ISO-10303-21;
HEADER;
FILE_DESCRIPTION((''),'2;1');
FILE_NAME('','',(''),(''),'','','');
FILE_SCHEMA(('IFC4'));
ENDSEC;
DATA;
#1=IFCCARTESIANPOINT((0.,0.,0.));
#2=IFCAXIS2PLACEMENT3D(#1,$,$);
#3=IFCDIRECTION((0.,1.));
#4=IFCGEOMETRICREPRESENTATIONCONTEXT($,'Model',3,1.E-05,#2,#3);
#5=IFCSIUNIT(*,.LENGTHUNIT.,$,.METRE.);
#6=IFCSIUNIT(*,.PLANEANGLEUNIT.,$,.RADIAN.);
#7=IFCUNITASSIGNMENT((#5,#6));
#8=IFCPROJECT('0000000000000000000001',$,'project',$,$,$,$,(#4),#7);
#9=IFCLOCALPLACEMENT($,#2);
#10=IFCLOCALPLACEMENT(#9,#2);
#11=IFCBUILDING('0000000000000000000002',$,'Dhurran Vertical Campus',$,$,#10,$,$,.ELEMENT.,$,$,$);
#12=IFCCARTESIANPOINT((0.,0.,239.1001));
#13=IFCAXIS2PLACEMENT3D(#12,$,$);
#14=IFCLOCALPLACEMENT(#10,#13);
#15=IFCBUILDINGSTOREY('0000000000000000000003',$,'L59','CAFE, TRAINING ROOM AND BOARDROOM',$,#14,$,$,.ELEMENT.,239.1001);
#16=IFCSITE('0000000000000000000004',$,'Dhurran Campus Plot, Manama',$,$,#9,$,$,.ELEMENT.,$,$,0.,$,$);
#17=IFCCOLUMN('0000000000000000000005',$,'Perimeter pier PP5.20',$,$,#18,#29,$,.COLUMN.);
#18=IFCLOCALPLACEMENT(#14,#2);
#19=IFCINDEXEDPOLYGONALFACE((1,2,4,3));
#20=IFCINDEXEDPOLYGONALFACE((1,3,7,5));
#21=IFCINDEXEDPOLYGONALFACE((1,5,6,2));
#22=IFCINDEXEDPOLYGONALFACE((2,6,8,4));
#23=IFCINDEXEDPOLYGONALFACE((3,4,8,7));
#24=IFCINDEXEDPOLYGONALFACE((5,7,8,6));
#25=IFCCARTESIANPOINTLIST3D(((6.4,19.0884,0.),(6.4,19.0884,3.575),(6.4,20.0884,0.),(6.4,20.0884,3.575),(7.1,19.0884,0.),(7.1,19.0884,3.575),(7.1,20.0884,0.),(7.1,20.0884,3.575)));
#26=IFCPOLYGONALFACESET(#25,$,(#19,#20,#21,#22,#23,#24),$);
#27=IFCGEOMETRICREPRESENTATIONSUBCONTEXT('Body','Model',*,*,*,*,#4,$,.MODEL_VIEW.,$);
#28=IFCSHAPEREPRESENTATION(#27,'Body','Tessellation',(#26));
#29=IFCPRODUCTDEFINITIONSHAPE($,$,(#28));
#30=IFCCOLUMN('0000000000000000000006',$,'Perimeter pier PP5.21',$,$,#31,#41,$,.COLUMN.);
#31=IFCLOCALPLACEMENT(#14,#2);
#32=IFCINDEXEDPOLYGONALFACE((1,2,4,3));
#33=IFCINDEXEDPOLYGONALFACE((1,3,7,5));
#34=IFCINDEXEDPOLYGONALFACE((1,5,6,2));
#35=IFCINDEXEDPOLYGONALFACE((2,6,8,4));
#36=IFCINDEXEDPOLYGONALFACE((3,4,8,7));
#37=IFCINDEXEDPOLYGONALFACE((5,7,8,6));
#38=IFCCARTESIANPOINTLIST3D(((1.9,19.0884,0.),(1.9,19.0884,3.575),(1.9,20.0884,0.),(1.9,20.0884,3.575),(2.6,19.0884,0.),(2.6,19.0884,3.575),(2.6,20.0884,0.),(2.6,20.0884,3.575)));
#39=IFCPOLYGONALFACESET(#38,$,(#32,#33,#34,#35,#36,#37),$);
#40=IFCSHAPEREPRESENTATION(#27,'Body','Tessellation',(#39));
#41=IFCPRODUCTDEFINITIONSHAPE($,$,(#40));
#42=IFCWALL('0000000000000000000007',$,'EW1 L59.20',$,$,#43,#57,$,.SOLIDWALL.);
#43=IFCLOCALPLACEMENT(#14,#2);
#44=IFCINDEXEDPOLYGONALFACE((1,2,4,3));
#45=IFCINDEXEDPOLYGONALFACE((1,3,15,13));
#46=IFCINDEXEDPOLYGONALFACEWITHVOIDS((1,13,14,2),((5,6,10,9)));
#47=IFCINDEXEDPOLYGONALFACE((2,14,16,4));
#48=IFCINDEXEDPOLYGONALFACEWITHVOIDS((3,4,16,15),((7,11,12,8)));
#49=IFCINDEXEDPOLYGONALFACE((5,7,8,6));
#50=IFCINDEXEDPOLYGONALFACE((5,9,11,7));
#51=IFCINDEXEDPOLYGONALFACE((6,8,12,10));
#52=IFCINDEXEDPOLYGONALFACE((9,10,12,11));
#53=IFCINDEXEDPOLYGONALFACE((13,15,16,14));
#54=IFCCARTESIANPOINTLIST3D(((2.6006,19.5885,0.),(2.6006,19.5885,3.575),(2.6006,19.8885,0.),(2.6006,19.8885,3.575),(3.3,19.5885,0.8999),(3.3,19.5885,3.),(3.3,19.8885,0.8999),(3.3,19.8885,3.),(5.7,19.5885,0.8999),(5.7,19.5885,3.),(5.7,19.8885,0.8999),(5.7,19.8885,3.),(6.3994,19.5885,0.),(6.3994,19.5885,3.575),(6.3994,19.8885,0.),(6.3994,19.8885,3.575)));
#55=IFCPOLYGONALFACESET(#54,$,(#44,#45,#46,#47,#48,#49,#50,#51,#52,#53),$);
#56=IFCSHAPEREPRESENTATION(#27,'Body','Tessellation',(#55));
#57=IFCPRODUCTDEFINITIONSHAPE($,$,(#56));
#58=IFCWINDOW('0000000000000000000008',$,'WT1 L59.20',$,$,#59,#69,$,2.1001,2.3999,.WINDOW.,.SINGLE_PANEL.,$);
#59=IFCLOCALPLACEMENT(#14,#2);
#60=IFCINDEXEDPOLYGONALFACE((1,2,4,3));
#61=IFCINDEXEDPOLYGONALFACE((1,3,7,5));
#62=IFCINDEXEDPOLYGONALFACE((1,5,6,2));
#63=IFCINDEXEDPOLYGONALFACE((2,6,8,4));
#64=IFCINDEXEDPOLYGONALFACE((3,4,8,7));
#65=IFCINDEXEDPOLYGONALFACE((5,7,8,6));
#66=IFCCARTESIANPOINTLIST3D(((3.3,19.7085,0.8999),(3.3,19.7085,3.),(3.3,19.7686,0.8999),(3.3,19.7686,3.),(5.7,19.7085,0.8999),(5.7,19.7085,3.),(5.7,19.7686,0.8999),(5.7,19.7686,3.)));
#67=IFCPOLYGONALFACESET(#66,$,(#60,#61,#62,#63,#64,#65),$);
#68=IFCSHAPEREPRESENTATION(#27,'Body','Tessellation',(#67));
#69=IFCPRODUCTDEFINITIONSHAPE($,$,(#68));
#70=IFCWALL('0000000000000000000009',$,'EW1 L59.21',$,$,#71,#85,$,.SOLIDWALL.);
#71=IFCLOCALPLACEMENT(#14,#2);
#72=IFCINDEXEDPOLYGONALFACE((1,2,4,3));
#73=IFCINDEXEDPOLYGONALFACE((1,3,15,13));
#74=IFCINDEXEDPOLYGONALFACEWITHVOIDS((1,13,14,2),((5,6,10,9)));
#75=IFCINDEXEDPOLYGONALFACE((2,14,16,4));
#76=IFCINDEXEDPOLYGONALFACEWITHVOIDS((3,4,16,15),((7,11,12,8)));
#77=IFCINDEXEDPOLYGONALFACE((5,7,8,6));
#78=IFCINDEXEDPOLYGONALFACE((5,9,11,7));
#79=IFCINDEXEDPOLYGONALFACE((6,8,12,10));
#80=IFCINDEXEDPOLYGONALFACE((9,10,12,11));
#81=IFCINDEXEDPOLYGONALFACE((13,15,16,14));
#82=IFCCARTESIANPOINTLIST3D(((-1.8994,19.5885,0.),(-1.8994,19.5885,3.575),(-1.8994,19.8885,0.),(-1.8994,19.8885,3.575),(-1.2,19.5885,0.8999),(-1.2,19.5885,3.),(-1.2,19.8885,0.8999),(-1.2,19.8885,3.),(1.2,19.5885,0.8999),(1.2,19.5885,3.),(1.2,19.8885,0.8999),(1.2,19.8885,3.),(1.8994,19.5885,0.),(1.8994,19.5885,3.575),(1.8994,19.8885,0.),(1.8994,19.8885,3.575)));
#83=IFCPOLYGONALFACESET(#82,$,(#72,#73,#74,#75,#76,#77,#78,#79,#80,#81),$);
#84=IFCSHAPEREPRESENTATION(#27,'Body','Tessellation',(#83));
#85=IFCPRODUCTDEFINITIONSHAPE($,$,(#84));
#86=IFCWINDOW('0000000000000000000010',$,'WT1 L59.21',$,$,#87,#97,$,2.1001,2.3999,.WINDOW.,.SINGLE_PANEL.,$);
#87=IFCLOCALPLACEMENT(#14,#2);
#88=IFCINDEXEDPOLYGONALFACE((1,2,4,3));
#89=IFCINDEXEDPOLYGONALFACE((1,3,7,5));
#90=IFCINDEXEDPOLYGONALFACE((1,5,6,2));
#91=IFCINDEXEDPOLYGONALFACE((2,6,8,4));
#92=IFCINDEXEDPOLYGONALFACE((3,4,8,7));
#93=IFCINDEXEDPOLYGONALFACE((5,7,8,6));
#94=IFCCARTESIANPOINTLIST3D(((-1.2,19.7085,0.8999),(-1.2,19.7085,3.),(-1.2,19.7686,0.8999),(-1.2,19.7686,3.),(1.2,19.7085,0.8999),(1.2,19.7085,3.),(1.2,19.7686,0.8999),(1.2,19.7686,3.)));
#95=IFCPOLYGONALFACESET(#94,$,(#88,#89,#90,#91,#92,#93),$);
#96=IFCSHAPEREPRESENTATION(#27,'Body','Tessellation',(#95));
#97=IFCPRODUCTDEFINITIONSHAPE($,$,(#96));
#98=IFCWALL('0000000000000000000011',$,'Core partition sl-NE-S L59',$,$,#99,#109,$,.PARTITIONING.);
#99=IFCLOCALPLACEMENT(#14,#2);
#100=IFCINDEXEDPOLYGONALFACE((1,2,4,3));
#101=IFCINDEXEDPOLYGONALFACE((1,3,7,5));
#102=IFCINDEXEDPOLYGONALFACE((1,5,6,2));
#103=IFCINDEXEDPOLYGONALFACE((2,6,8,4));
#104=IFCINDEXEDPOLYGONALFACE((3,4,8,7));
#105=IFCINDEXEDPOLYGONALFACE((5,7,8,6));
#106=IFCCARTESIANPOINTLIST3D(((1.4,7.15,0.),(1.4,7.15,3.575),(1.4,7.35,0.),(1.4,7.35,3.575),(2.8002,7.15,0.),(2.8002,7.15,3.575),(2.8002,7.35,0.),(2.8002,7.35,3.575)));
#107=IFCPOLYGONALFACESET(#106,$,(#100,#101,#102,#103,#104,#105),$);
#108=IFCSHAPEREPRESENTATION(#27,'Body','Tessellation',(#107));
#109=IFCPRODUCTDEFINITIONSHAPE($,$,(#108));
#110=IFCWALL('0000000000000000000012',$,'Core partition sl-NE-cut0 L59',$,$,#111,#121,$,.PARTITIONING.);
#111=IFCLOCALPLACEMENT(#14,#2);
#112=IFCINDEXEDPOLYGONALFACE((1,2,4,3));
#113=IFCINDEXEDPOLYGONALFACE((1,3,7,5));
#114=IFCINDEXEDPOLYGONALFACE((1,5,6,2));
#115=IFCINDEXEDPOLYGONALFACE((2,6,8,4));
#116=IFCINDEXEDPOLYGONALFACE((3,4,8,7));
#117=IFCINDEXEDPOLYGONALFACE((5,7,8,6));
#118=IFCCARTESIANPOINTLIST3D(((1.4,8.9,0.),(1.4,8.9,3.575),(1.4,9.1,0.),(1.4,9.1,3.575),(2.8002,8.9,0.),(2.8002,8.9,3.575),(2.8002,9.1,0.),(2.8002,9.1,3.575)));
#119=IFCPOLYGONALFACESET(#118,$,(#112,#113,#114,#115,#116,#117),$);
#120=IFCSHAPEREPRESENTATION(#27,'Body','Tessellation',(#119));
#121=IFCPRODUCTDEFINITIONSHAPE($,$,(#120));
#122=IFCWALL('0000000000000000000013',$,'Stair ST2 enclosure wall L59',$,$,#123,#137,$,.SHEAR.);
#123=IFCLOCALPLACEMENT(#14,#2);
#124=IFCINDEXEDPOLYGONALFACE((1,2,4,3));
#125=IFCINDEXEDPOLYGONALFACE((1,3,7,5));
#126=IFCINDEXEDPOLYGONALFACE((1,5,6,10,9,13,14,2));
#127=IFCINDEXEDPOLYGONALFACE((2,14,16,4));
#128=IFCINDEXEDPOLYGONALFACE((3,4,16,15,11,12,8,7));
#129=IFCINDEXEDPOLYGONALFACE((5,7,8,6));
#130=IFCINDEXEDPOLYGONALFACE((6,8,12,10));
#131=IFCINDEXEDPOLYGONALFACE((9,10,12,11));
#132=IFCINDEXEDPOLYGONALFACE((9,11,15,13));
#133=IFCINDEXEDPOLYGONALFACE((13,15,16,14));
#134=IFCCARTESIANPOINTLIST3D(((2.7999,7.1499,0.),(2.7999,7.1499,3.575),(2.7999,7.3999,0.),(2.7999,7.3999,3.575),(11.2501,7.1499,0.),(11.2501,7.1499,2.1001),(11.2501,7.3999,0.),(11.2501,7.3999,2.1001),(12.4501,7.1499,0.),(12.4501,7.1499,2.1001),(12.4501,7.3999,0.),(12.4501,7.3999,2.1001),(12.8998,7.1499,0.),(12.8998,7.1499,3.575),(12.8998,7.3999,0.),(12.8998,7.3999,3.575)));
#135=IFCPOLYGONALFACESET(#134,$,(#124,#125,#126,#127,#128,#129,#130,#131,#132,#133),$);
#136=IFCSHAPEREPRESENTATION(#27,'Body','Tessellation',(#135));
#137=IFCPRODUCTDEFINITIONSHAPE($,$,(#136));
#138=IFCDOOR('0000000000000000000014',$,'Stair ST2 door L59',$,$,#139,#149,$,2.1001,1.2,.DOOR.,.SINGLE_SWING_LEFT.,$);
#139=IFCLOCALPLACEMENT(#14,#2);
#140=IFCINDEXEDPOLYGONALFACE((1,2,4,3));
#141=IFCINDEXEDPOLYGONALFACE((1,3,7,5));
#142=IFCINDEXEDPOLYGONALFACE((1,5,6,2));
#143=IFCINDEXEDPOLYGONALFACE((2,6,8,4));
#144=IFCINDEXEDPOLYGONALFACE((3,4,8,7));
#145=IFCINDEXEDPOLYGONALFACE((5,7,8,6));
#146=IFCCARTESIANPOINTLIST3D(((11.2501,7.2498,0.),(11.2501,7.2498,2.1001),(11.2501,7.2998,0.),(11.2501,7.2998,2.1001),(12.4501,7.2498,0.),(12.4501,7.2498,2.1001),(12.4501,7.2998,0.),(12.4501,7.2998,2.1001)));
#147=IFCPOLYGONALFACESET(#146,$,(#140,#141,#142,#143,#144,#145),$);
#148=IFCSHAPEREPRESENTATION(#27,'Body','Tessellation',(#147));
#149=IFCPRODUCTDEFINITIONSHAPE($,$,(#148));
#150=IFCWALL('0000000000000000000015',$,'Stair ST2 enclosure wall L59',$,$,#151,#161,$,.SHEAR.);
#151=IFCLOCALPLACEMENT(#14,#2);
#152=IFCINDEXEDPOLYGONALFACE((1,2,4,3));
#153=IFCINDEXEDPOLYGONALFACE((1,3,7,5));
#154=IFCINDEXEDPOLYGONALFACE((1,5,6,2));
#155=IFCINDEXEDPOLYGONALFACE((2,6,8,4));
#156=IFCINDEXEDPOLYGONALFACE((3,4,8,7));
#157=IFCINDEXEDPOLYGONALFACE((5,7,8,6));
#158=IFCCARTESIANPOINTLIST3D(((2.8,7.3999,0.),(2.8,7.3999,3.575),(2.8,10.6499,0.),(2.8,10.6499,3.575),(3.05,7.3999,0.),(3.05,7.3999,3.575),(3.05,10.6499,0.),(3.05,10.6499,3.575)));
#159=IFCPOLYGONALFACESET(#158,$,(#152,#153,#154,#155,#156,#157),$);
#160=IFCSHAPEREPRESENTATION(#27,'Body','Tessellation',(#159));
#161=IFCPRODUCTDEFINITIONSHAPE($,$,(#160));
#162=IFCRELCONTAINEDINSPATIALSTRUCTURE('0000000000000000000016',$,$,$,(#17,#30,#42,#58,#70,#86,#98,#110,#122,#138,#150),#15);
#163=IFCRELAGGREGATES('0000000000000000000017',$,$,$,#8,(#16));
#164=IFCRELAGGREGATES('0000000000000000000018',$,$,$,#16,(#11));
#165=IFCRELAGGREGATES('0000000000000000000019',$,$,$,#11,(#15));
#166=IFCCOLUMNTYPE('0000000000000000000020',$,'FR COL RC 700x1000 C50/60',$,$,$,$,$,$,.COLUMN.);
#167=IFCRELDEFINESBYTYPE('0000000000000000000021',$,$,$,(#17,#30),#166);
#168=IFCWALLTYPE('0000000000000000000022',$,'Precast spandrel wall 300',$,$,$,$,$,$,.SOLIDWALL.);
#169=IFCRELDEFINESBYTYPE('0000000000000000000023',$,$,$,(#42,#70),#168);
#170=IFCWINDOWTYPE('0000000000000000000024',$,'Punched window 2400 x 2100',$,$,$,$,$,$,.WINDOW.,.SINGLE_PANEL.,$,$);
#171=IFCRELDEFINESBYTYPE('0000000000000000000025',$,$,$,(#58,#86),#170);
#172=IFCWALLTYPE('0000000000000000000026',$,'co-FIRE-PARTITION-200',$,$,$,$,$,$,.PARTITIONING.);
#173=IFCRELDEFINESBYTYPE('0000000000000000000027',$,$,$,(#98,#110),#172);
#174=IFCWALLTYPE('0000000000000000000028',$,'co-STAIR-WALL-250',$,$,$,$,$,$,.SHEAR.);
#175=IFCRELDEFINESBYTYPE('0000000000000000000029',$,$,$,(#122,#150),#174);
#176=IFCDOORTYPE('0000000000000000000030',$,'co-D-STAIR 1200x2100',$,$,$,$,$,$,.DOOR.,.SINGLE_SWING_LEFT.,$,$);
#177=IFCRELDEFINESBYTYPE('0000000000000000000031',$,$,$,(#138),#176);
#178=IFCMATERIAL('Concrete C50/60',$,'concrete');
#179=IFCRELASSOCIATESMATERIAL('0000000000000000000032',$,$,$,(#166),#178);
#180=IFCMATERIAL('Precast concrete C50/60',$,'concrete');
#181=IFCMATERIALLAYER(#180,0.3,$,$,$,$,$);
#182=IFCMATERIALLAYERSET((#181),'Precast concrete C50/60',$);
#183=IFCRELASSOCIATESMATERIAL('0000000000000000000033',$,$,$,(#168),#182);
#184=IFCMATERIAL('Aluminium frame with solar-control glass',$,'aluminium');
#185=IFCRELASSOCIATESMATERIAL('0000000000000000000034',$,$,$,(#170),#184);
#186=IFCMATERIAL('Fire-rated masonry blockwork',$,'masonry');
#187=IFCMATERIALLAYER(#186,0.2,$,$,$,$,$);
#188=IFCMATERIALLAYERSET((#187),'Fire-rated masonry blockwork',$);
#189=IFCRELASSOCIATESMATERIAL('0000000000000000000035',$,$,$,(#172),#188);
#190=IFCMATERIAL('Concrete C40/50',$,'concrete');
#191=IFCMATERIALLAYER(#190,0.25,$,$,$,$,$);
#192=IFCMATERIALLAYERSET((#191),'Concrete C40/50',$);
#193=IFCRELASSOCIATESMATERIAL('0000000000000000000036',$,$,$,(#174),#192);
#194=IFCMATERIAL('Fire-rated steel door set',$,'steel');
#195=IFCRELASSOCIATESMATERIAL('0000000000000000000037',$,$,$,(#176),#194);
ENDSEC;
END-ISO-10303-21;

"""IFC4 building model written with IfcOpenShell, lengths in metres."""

from ifc_helpers import new_model, si_unit, direction, frame, frame_2d, origin, origin_2d, place, context, subcontext, project, spatial, rectangle, extrude, material, layer, layer_set, material_profile, profile_set, type_object, element, fill, save


model = new_model("IFC4")

# Units and contexts
model_context = context("Model", 3, precision=1e-05, world=origin(), true_north=direction((0.0, 1.0)))
body_context = subcontext(model_context, "Body", "Model", "MODEL_VIEW")
ifc_project = project(units=[si_unit("LENGTHUNIT", "METRE"), si_unit("PLANEANGLEUNIT", "RADIAN")], contexts=[model_context])

# Site, building, storey
site_placement = place(None, origin())
site = spatial("IfcSite", under=ifc_project, at=site_placement, Name="Dhurran Campus Plot, Manama", CompositionType="ELEMENT", RefElevation=0.0)
building_placement = place(site_placement, origin())
building = spatial("IfcBuilding", under=site, at=building_placement, Name="Dhurran Vertical Campus", CompositionType="ELEMENT")
storey_placement = place(building_placement, frame((0.0, 0.0, 239.1001)))
storey = spatial("IfcBuildingStorey", under=building, at=storey_placement, Name="L59", Description="CAFE, TRAINING ROOM AND BOARDROOM", CompositionType="ELEMENT", Elevation=239.1001)

# Columns
ifc_material_1 = material(Name="Concrete C50/60", Category="concrete")
ifc_material_profile = material_profile(ifc_material_1, rectangle(XDim=0.7, YDim=1.0, at=origin_2d()), Name="RC 700x1000")
ifc_profile_set = profile_set([ifc_material_profile], Name="Concrete C50/60")
column_type = type_object("IfcColumnType", Name="FR COL RC 700x1000 C50/60", PredefinedType="COLUMN", material=ifc_profile_set)
for number, where, z_axis, x_axis, name in (
    (1, (6.75, 19.5884, 0.0), (0.0, 0.0, 1.0), (-1.0, 0.0, 0.0), "Perimeter pier PP5.20"),
    (2, (2.25, 19.5884, 0.0), (0.0, 0.0, 1.0), (-1.0, 0.0, 0.0), "Perimeter pier PP5.21"),
):
    element("IfcColumn", number, at=place(storey_placement, frame(where, z_axis=z_axis, x_axis=x_axis)), inside=storey, type_object=column_type, Name=name, PredefinedType="COLUMN", context=body_context, shape_type="SweptSolid", body=[
        extrude(rectangle(XDim=0.7, YDim=1.0, at=origin_2d()), origin(), (0.0, 0.0, 1.0), 3.575),
    ])

# Walls, openings, windows
ifc_material_2 = material(Name="Precast concrete C50/60", Category="concrete")
ifc_layer_1 = layer(ifc_material_2, 0.3)
ifc_layer_set_1 = layer_set([ifc_layer_1], Name="Precast concrete C50/60")
wall_type_1 = type_object("IfcWallType", Name="Precast spandrel wall 300", PredefinedType="SOLIDWALL", material=ifc_layer_set_1)
wall_1_placement = place(storey_placement, frame((6.3994, 19.7385, 0.0), z_axis=(0.0, 0.0, 1.0), x_axis=(-1.0, 0.0, 0.0)))
wall_1 = element("IfcWall", 3, at=wall_1_placement, inside=storey, type_object=wall_type_1, Name="EW1 L59.20", PredefinedType="SOLIDWALL", context=body_context, shape_type="SweptSolid", body=[
    extrude(rectangle(XDim=3.7988, YDim=0.3, at=frame_2d((1.8994, 0.0))), origin(), (0.0, 0.0, 1.0), 3.575),
])
opening_1_placement = place(wall_1_placement, frame((0.6995, 0.0, 0.8999)))
opening_1 = element("IfcOpeningElement", 4, at=opening_1_placement, cuts=wall_1, PredefinedType="OPENING", context=body_context, shape_type="SweptSolid", body=[
    extrude(rectangle(XDim=2.3999, YDim=2.1001, at=frame_2d((1.2, 1.05))), frame((0.0, 0.1599, 0.0), z_axis=(0.0, -1.0, 0.0), x_axis=(1.0, 0.0, 0.0)), (0.0, 0.0, 1.0), 0.3201),
])
ifc_material_3 = material(Name="Aluminium frame with solar-control glass", Category="aluminium")
window_type = type_object("IfcWindowType", Name="Punched window 2400 x 2100", PartitioningType="SINGLE_PANEL", PredefinedType="WINDOW", material=ifc_material_3)
window_1_placement = place(opening_1_placement, origin())
window_1 = element("IfcWindow", 5, at=window_1_placement, inside=storey, type_object=window_type, Name="WT1 L59.20", OverallHeight=2.1001, OverallWidth=2.3999, PartitioningType="SINGLE_PANEL", PredefinedType="WINDOW", context=body_context, shape_type="SweptSolid", body=[
    extrude(rectangle(XDim=2.3999, YDim=2.1001, at=frame_2d((1.2, 1.05))), frame((0.0, 0.03, 0.0), z_axis=(0.0, -1.0, 0.0), x_axis=(1.0, 0.0, 0.0)), (0.0, 0.0, 1.0), 0.0601),
])
fill(opening_1, window_1)
wall_2_placement = place(storey_placement, frame((1.8994, 19.7385, 0.0), z_axis=(0.0, 0.0, 1.0), x_axis=(-1.0, 0.0, 0.0)))
wall_2 = element("IfcWall", 6, at=wall_2_placement, inside=storey, type_object=wall_type_1, Name="EW1 L59.21", PredefinedType="SOLIDWALL", context=body_context, shape_type="SweptSolid", body=[
    extrude(rectangle(XDim=3.7988, YDim=0.3, at=frame_2d((1.8994, 0.0))), origin(), (0.0, 0.0, 1.0), 3.575),
])
opening_2_placement = place(wall_2_placement, frame((0.6995, 0.0, 0.8999)))
opening_2 = element("IfcOpeningElement", 7, at=opening_2_placement, cuts=wall_2, PredefinedType="OPENING", context=body_context, shape_type="SweptSolid", body=[
    extrude(rectangle(XDim=2.3999, YDim=2.1001, at=frame_2d((1.2, 1.05))), frame((0.0, 0.1599, 0.0), z_axis=(0.0, -1.0, 0.0), x_axis=(1.0, 0.0, 0.0)), (0.0, 0.0, 1.0), 0.3201),
])
window_2_placement = place(opening_2_placement, origin())
window_2 = element("IfcWindow", 8, at=window_2_placement, inside=storey, type_object=window_type, Name="WT1 L59.21", OverallHeight=2.1001, OverallWidth=2.3999, PartitioningType="SINGLE_PANEL", PredefinedType="WINDOW", context=body_context, shape_type="SweptSolid", body=[
    extrude(rectangle(XDim=2.3999, YDim=2.1001, at=frame_2d((1.2, 1.05))), frame((0.0, 0.03, 0.0), z_axis=(0.0, -1.0, 0.0), x_axis=(1.0, 0.0, 0.0)), (0.0, 0.0, 1.0), 0.0601),
])
fill(opening_2, window_2)

# Walls
ifc_material_4 = material(Name="Fire-rated masonry blockwork", Category="masonry")
ifc_layer_2 = layer(ifc_material_4, 0.2)
ifc_layer_set_2 = layer_set([ifc_layer_2], Name="Fire-rated masonry blockwork")
wall_type_2 = type_object("IfcWallType", Name="co-FIRE-PARTITION-200", PredefinedType="PARTITIONING", material=ifc_layer_set_2)
for number, where, z_axis, x_axis, name in (
    (9, (1.3999, 7.25, 0.0), (0.0, 0.0, 1.0), (1.0, 0.0, 0.0), "Core partition sl-NE-S L59"),
    (10, (1.3999, 9.0, 0.0), (0.0, 0.0, 1.0), (1.0, 0.0, 0.0), "Core partition sl-NE-cut0 L59"),
):
    element("IfcWall", number, at=place(storey_placement, frame(where, z_axis=z_axis, x_axis=x_axis)), inside=storey, type_object=wall_type_2, Name=name, PredefinedType="PARTITIONING", context=body_context, shape_type="SweptSolid", body=[
        extrude(rectangle(XDim=1.4001, YDim=0.2, at=frame_2d((0.7002, 0.0))), origin(), (0.0, 0.0, 1.0), 3.575),
    ])

# Wall, opening, door
ifc_material_5 = material(Name="Concrete C40/50", Category="concrete")
ifc_layer_3 = layer(ifc_material_5, 0.25)
ifc_layer_set_3 = layer_set([ifc_layer_3], Name="Concrete C40/50")
wall_type_3 = type_object("IfcWallType", Name="co-STAIR-WALL-250", PredefinedType="SHEAR", material=ifc_layer_set_3)
wall_3_placement = place(storey_placement, frame((2.8, 7.2749, 0.0), z_axis=(0.0, 0.0, 1.0), x_axis=(1.0, 0.0, 0.0)))
wall_3 = element("IfcWall", 11, at=wall_3_placement, inside=storey, type_object=wall_type_3, Name="Stair ST2 enclosure wall L59", PredefinedType="SHEAR", context=body_context, shape_type="SweptSolid", body=[
    extrude(rectangle(XDim=10.0999, YDim=0.25, at=frame_2d((5.0498, 0.0))), origin(), (0.0, 0.0, 1.0), 3.575),
])
opening_3_placement = place(wall_3_placement, frame((8.45, 0.0, 0.0)))
opening_3 = element("IfcOpeningElement", 12, at=opening_3_placement, cuts=wall_3, PredefinedType="OPENING", context=body_context, shape_type="SweptSolid", body=[
    extrude(rectangle(XDim=1.2, YDim=2.1001, at=frame_2d((0.6001, 1.05))), frame((0.0, 0.135, 0.0), z_axis=(0.0, -1.0, 0.0), x_axis=(1.0, 0.0, 0.0)), (0.0, 0.0, 1.0), 0.27),
])
ifc_material_6 = material(Name="Fire-rated steel door set", Category="steel")
door_type_1 = type_object("IfcDoorType", Name="co-D-STAIR 1200x2100", OperationType="SINGLE_SWING_LEFT", PredefinedType="DOOR", material=ifc_material_6)
door_1_placement = place(opening_3_placement, origin())
door_1 = element("IfcDoor", 13, at=door_1_placement, inside=storey, type_object=door_type_1, Name="Stair ST2 door L59", OperationType="SINGLE_SWING_LEFT", OverallHeight=2.1001, OverallWidth=1.2, PredefinedType="DOOR", context=body_context, shape_type="SweptSolid", body=[
    extrude(rectangle(XDim=1.2, YDim=2.1001, at=frame_2d((0.6001, 1.05))), frame((0.0, 0.0249, 0.0), z_axis=(0.0, -1.0, 0.0), x_axis=(1.0, 0.0, 0.0)), (0.0, 0.0, 1.0), 0.05),
])
fill(opening_3, door_1)

# Wall
wall_4_placement = place(storey_placement, frame((2.925, 7.3999, 0.0), z_axis=(0.0, 0.0, 1.0), x_axis=(0.0, 1.0, 0.0)))
element("IfcWall", 14, at=wall_4_placement, inside=storey, type_object=wall_type_3, Name="Stair ST2 enclosure wall L59", PredefinedType="SHEAR", context=body_context, shape_type="SweptSolid", body=[
    extrude(rectangle(XDim=3.25, YDim=0.25, at=frame_2d((1.625, 0.0))), origin(), (0.0, 0.0, 1.0), 3.575),
])

save(model, "model.ifc")
